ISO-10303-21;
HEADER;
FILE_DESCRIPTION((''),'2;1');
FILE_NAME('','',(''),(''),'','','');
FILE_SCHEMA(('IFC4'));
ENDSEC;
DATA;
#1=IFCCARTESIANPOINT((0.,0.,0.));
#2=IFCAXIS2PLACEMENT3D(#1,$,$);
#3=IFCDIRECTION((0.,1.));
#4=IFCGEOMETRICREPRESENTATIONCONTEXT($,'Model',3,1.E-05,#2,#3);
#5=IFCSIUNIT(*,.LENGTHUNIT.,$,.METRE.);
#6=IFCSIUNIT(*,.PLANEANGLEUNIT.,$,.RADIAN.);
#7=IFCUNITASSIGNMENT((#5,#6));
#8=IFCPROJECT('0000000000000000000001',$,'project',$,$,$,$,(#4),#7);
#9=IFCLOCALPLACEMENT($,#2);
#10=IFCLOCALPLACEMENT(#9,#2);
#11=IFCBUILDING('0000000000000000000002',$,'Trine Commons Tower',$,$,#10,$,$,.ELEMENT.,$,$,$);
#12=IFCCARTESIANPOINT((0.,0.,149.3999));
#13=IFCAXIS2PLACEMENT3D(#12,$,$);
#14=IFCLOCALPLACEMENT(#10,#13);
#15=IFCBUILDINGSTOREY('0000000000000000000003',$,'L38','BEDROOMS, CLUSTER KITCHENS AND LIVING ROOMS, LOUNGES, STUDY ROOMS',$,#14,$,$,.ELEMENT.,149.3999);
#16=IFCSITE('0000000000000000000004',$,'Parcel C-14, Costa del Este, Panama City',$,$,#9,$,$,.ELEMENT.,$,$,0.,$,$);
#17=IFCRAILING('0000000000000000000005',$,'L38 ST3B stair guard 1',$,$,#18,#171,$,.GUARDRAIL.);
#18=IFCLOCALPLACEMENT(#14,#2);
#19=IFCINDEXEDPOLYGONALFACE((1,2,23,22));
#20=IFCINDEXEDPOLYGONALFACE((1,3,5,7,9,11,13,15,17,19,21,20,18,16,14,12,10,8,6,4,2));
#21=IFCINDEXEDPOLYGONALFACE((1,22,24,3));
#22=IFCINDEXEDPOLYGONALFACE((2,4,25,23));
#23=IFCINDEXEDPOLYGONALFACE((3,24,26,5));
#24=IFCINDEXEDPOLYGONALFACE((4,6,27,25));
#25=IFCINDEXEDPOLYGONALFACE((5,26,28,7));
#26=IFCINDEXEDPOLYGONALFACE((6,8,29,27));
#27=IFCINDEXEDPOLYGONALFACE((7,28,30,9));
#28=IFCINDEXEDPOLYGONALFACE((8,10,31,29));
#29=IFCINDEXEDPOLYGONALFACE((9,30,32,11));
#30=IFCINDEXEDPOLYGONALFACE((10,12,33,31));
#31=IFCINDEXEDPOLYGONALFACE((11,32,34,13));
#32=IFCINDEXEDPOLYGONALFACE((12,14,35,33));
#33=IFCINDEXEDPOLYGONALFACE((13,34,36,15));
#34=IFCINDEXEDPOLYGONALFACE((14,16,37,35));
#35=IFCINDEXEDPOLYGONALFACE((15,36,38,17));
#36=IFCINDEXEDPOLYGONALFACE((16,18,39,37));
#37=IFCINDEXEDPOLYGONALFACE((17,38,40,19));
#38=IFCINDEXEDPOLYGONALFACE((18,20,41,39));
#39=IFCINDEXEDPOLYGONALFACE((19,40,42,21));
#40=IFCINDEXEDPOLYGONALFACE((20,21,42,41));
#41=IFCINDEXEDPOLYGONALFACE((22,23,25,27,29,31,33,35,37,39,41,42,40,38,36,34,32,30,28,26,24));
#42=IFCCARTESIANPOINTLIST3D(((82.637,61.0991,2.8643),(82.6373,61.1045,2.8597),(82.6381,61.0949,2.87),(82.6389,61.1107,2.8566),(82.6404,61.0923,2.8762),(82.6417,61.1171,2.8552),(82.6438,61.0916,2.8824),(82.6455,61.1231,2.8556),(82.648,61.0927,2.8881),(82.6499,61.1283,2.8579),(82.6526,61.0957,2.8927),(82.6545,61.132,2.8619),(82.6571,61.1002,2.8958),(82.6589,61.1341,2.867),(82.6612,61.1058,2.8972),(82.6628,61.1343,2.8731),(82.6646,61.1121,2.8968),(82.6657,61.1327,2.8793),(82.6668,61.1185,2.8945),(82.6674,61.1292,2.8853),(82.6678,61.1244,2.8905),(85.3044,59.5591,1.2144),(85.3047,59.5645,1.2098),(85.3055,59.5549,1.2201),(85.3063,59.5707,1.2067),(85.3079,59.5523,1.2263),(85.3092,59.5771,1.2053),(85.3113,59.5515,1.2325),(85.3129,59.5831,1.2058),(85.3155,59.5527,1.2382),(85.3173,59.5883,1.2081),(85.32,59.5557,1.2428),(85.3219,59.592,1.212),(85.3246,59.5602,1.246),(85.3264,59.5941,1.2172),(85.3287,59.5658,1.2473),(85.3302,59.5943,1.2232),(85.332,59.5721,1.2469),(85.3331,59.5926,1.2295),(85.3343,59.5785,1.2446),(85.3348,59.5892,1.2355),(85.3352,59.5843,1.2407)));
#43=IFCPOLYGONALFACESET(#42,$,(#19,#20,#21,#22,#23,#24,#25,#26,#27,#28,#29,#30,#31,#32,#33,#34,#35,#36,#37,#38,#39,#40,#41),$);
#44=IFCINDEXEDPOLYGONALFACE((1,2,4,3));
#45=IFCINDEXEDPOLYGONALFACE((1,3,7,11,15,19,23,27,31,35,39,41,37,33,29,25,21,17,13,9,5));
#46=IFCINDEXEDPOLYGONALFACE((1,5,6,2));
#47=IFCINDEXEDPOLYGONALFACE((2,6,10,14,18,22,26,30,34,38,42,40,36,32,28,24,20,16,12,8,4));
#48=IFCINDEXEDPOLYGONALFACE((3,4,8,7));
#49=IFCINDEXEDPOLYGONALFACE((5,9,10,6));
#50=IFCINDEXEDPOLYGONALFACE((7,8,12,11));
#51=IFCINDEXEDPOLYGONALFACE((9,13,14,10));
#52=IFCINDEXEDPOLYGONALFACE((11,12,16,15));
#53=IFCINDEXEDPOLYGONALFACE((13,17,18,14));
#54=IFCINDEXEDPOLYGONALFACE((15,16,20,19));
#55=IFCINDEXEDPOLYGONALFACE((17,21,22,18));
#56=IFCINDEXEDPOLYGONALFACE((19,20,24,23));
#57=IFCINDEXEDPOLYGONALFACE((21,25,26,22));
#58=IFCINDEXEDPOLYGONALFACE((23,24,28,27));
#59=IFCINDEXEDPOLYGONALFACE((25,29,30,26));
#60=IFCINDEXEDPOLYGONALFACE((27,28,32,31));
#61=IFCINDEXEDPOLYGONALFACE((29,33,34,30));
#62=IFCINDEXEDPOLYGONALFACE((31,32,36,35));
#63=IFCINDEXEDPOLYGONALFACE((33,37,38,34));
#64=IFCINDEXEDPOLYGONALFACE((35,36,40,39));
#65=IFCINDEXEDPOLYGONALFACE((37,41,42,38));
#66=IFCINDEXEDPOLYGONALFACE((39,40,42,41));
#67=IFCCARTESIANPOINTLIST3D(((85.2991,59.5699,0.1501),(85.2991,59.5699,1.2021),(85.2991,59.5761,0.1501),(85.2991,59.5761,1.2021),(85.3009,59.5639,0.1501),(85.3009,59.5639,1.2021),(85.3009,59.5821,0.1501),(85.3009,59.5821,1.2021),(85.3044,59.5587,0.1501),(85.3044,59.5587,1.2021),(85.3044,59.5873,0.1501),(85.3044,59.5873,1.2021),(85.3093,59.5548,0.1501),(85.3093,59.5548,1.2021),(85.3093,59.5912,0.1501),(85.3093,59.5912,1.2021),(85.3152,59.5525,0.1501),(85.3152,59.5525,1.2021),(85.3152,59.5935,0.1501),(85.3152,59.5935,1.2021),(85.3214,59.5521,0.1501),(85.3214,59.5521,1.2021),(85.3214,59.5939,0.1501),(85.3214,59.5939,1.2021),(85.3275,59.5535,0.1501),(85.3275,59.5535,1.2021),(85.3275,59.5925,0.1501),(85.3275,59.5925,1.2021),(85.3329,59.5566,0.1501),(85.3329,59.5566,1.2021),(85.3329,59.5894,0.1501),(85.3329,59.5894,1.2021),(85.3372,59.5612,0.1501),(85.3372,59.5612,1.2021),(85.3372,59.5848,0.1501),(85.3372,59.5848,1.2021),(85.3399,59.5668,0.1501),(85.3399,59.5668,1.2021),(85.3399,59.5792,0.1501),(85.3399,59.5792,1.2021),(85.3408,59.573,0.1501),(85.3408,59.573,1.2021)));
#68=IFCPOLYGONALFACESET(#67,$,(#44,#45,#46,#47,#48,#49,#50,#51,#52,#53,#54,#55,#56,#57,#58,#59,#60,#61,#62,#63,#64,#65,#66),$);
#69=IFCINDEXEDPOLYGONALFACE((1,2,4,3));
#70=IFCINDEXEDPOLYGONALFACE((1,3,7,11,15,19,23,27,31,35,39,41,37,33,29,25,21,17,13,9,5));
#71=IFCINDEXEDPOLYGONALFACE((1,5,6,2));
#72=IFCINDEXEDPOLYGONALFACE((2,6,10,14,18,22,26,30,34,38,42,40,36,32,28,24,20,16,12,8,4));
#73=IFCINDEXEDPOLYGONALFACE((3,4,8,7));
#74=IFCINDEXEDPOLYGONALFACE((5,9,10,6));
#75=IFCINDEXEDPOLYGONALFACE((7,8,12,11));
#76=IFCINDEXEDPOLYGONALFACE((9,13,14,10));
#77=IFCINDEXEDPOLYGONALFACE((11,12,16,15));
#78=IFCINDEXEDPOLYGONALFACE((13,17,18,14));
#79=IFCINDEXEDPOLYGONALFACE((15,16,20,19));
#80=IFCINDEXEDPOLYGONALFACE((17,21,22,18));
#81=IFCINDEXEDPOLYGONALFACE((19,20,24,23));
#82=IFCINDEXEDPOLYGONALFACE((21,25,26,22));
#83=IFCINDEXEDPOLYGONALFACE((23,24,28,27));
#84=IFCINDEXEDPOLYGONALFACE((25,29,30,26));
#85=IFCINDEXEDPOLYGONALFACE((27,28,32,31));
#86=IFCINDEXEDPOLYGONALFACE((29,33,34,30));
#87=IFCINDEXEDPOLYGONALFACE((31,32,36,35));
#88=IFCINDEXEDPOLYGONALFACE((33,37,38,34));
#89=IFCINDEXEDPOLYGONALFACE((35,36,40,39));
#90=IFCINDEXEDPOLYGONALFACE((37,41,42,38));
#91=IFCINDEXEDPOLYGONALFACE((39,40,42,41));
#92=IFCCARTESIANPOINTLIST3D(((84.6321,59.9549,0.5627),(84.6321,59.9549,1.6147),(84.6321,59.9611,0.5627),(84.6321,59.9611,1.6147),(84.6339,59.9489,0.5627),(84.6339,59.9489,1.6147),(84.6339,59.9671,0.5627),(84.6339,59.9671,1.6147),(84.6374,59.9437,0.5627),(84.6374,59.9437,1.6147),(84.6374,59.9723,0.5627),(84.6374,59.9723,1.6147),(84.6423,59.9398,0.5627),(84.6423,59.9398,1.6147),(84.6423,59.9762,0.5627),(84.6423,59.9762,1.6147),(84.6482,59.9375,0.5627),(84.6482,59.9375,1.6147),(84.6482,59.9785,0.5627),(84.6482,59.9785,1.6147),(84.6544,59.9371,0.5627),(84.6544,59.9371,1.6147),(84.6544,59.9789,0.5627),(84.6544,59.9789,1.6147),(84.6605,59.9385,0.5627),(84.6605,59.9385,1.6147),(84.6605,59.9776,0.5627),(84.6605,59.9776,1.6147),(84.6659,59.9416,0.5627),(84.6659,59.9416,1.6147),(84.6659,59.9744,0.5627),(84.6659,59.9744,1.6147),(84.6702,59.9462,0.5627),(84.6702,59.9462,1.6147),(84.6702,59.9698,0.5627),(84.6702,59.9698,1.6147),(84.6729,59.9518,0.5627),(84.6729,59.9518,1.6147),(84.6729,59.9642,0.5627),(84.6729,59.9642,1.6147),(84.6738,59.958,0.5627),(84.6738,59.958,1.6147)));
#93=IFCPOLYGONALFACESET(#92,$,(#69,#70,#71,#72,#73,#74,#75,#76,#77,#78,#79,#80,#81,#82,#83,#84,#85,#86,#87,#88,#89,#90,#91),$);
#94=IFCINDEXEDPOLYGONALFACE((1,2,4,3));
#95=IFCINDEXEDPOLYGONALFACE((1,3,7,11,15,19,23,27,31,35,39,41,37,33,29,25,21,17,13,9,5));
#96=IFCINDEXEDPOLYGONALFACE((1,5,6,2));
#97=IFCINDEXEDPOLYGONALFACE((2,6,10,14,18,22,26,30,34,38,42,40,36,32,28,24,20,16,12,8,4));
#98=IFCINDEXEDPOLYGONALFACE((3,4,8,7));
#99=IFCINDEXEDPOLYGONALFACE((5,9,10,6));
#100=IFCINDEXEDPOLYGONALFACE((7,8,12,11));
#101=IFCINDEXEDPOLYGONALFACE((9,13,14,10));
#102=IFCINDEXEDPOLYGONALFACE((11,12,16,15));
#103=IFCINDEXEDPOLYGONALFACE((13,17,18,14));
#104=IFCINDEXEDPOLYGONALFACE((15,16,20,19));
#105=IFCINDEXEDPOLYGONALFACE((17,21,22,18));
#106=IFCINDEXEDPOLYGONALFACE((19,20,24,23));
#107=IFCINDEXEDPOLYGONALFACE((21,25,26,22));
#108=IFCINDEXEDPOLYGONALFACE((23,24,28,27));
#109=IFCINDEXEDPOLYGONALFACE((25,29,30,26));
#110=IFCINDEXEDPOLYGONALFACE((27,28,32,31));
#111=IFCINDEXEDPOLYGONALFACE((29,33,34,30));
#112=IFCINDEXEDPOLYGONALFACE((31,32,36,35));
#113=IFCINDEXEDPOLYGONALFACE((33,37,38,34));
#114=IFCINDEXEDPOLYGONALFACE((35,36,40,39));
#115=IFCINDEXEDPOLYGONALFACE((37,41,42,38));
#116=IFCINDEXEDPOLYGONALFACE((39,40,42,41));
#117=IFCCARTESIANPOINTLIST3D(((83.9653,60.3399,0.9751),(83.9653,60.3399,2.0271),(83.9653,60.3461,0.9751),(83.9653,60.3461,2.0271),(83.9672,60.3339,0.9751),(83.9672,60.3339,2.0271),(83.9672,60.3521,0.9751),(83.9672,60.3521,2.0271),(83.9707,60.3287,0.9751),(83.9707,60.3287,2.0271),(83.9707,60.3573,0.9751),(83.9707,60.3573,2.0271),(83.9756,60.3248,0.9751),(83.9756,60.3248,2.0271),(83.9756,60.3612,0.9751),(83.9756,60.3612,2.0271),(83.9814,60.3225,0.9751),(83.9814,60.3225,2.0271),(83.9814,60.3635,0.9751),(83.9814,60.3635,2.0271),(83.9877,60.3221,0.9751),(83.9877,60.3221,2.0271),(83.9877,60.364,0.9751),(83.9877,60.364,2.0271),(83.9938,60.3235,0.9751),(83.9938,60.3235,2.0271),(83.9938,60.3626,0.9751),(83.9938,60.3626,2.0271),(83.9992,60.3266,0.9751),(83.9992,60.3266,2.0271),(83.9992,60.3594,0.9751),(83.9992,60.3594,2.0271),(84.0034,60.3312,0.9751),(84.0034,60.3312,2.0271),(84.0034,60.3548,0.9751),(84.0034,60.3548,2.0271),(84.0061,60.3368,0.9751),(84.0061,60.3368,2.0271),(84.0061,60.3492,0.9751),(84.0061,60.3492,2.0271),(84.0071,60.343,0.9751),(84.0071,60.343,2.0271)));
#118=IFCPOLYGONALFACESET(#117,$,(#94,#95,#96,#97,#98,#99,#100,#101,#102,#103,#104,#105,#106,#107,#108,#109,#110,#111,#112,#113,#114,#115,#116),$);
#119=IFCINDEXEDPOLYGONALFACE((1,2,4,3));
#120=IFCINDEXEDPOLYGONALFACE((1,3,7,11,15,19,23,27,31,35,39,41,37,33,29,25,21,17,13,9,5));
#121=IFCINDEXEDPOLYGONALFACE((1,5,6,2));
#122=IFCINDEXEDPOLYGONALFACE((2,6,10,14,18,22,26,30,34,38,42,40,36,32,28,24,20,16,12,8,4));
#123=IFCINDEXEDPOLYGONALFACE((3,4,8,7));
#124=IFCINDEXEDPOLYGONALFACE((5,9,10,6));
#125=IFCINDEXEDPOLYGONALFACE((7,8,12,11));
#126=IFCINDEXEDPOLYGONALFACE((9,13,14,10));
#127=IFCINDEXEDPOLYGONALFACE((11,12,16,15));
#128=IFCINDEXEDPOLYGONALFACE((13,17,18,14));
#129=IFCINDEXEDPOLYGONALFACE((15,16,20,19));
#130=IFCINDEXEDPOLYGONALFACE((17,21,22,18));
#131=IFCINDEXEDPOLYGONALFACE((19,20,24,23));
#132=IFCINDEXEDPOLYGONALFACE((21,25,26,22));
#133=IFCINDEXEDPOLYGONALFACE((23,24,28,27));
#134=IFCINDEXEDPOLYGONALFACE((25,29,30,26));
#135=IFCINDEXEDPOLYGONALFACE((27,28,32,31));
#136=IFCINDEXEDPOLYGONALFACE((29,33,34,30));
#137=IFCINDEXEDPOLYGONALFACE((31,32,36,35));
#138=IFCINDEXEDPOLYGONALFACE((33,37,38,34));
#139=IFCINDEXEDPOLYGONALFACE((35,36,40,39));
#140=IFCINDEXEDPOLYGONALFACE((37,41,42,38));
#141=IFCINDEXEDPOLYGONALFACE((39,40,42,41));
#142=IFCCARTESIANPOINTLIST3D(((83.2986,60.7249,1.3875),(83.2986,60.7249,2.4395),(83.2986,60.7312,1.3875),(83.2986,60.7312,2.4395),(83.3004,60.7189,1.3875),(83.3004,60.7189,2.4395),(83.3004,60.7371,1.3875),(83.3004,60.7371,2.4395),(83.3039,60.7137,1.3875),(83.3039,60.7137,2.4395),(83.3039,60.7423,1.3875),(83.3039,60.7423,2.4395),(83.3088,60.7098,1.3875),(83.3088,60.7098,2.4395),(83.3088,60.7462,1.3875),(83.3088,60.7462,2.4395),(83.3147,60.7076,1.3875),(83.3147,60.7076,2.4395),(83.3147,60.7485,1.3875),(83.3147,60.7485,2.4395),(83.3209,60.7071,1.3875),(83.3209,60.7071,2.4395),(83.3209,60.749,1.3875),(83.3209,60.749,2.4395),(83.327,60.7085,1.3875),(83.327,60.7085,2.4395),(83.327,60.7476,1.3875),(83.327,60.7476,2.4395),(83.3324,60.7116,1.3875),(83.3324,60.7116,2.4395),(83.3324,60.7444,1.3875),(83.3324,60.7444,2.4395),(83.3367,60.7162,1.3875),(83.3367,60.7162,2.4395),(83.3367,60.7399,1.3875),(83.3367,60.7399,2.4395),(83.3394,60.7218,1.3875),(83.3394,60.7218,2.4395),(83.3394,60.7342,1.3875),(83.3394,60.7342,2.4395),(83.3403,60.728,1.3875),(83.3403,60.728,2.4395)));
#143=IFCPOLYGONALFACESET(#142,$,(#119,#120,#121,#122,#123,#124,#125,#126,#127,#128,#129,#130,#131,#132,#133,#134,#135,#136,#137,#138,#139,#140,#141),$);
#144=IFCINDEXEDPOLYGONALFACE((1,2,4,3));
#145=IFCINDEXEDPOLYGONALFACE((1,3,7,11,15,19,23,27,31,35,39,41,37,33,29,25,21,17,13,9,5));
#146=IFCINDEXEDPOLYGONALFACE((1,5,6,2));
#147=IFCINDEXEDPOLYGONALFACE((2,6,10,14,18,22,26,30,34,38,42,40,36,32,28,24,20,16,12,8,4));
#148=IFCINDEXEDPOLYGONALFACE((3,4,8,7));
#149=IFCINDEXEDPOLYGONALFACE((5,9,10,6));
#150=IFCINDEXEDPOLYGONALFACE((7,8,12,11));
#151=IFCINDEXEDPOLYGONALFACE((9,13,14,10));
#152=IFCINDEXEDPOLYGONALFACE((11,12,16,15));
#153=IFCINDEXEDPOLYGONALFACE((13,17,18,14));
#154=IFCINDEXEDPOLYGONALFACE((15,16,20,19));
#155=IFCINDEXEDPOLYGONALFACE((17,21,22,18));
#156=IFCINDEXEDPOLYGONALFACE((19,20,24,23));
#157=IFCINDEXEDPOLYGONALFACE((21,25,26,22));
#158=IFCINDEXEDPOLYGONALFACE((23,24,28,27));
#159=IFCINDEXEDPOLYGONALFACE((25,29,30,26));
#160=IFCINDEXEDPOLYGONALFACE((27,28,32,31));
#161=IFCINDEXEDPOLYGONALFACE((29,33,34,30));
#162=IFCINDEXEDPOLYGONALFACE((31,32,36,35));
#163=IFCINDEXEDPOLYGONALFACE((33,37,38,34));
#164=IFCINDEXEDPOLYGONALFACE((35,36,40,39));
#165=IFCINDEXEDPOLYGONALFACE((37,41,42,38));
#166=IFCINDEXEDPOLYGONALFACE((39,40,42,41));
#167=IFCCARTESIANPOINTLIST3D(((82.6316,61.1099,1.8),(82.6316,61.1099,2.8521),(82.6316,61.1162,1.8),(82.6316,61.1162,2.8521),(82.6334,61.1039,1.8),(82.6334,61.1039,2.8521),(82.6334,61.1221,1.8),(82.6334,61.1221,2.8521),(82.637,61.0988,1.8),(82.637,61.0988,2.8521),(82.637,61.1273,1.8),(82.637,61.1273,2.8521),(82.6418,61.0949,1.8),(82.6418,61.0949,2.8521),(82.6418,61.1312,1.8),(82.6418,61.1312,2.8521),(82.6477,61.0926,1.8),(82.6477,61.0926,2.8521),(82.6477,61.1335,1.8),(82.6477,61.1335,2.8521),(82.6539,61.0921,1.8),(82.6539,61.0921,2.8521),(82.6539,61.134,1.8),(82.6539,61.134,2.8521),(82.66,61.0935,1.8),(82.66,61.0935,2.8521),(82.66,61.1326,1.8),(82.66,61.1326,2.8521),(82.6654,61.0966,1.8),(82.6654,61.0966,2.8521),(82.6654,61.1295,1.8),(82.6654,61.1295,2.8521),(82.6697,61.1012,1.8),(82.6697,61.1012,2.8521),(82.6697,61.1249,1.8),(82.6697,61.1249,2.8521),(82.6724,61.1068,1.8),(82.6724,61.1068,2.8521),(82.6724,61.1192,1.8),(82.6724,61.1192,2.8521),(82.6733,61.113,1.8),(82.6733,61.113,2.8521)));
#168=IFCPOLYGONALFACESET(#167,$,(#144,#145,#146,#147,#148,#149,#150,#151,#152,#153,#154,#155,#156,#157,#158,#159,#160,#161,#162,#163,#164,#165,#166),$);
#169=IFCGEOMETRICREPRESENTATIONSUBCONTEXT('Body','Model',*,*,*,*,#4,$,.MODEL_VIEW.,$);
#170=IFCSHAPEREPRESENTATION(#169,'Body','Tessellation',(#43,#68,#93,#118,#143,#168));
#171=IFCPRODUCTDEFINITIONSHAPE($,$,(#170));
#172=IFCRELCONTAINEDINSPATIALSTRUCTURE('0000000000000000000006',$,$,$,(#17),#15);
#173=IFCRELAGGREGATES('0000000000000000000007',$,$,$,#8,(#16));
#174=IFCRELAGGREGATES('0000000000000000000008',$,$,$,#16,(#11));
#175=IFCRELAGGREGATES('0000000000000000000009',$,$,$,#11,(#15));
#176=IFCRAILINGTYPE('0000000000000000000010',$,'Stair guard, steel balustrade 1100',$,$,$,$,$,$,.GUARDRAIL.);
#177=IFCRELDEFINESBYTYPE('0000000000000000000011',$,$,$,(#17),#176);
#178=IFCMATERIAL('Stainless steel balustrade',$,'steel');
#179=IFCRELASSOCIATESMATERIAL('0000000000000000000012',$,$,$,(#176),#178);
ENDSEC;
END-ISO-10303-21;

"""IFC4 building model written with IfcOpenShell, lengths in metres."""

from ifc_helpers import new_model, si_unit, direction, frame, origin, origin_2d, place, context, subcontext, project, spatial, circle, extrude, material, type_object, element, save


model = new_model("IFC4")

# Units and contexts
model_context = context("Model", 3, precision=1e-05, world=origin(), true_north=direction((0.0, 1.0)))
body_context = subcontext(model_context, "Body", "Model", "MODEL_VIEW")
ifc_project = project(units=[si_unit("LENGTHUNIT", "METRE"), si_unit("PLANEANGLEUNIT", "RADIAN")], contexts=[model_context])

# Site, building, storey
site_placement = place(None, origin())
site = spatial("IfcSite", under=ifc_project, at=site_placement, Name="Parcel C-14, Costa del Este, Panama City", CompositionType="ELEMENT", RefElevation=0.0)
building_placement = place(site_placement, origin())
building = spatial("IfcBuilding", under=site, at=building_placement, Name="Trine Commons Tower", CompositionType="ELEMENT")
storey_placement = place(building_placement, frame((0.0, 0.0, 149.3999)))
storey = spatial("IfcBuildingStorey", under=building, at=storey_placement, Name="L38", Description="BEDROOMS, CLUSTER KITCHENS AND LIVING ROOMS, LOUNGES, STUDY ROOMS", CompositionType="ELEMENT", Elevation=149.3999)

# Railing
ifc_material_1 = material(Name="Stainless steel balustrade", Category="steel")
railing_type_1 = type_object("IfcRailingType", Name="Stair guard, steel balustrade 1100", PredefinedType="GUARDRAIL", material=ifc_material_1)
railing_1_placement = place(storey_placement, frame((85.3198, 59.573, 0.1501)))
element("IfcRailing", 1, at=railing_1_placement, inside=storey, type_object=railing_type_1, Name="L38 ST3B stair guard 1", PredefinedType="GUARDRAIL", context=body_context, shape_type="SweptSolid", body=[
    extrude(circle(Radius=0.0239, at=origin_2d()), frame((0.0, 0.0, 1.0762), z_axis=(-0.763405, 0.440743, 0.472185), x_axis=(-0.499992, -0.86603, 0.0)), (0.0, 0.0, 1.0), 3.4941),
    extrude(circle(Radius=0.021, at=origin_2d()), origin(), (0.0, 0.0, 1.0), 1.052),
    extrude(circle(Radius=0.021, at=origin_2d()), frame((-0.667, 0.385, 0.4126)), (0.0, 0.0, 1.0), 1.052),
    extrude(circle(Radius=0.021, at=origin_2d()), frame((-1.3337, 0.77, 0.825)), (0.0, 0.0, 1.0), 1.052),
    extrude(circle(Radius=0.021, at=origin_2d()), frame((-2.0005, 1.155, 1.2373)), (0.0, 0.0, 1.0), 1.052),
    extrude(circle(Radius=0.021, at=origin_2d()), frame((-2.6675, 1.54, 1.6499)), (0.0, 0.0, 1.0), 1.052),
])

save(model, "model.ifc")
